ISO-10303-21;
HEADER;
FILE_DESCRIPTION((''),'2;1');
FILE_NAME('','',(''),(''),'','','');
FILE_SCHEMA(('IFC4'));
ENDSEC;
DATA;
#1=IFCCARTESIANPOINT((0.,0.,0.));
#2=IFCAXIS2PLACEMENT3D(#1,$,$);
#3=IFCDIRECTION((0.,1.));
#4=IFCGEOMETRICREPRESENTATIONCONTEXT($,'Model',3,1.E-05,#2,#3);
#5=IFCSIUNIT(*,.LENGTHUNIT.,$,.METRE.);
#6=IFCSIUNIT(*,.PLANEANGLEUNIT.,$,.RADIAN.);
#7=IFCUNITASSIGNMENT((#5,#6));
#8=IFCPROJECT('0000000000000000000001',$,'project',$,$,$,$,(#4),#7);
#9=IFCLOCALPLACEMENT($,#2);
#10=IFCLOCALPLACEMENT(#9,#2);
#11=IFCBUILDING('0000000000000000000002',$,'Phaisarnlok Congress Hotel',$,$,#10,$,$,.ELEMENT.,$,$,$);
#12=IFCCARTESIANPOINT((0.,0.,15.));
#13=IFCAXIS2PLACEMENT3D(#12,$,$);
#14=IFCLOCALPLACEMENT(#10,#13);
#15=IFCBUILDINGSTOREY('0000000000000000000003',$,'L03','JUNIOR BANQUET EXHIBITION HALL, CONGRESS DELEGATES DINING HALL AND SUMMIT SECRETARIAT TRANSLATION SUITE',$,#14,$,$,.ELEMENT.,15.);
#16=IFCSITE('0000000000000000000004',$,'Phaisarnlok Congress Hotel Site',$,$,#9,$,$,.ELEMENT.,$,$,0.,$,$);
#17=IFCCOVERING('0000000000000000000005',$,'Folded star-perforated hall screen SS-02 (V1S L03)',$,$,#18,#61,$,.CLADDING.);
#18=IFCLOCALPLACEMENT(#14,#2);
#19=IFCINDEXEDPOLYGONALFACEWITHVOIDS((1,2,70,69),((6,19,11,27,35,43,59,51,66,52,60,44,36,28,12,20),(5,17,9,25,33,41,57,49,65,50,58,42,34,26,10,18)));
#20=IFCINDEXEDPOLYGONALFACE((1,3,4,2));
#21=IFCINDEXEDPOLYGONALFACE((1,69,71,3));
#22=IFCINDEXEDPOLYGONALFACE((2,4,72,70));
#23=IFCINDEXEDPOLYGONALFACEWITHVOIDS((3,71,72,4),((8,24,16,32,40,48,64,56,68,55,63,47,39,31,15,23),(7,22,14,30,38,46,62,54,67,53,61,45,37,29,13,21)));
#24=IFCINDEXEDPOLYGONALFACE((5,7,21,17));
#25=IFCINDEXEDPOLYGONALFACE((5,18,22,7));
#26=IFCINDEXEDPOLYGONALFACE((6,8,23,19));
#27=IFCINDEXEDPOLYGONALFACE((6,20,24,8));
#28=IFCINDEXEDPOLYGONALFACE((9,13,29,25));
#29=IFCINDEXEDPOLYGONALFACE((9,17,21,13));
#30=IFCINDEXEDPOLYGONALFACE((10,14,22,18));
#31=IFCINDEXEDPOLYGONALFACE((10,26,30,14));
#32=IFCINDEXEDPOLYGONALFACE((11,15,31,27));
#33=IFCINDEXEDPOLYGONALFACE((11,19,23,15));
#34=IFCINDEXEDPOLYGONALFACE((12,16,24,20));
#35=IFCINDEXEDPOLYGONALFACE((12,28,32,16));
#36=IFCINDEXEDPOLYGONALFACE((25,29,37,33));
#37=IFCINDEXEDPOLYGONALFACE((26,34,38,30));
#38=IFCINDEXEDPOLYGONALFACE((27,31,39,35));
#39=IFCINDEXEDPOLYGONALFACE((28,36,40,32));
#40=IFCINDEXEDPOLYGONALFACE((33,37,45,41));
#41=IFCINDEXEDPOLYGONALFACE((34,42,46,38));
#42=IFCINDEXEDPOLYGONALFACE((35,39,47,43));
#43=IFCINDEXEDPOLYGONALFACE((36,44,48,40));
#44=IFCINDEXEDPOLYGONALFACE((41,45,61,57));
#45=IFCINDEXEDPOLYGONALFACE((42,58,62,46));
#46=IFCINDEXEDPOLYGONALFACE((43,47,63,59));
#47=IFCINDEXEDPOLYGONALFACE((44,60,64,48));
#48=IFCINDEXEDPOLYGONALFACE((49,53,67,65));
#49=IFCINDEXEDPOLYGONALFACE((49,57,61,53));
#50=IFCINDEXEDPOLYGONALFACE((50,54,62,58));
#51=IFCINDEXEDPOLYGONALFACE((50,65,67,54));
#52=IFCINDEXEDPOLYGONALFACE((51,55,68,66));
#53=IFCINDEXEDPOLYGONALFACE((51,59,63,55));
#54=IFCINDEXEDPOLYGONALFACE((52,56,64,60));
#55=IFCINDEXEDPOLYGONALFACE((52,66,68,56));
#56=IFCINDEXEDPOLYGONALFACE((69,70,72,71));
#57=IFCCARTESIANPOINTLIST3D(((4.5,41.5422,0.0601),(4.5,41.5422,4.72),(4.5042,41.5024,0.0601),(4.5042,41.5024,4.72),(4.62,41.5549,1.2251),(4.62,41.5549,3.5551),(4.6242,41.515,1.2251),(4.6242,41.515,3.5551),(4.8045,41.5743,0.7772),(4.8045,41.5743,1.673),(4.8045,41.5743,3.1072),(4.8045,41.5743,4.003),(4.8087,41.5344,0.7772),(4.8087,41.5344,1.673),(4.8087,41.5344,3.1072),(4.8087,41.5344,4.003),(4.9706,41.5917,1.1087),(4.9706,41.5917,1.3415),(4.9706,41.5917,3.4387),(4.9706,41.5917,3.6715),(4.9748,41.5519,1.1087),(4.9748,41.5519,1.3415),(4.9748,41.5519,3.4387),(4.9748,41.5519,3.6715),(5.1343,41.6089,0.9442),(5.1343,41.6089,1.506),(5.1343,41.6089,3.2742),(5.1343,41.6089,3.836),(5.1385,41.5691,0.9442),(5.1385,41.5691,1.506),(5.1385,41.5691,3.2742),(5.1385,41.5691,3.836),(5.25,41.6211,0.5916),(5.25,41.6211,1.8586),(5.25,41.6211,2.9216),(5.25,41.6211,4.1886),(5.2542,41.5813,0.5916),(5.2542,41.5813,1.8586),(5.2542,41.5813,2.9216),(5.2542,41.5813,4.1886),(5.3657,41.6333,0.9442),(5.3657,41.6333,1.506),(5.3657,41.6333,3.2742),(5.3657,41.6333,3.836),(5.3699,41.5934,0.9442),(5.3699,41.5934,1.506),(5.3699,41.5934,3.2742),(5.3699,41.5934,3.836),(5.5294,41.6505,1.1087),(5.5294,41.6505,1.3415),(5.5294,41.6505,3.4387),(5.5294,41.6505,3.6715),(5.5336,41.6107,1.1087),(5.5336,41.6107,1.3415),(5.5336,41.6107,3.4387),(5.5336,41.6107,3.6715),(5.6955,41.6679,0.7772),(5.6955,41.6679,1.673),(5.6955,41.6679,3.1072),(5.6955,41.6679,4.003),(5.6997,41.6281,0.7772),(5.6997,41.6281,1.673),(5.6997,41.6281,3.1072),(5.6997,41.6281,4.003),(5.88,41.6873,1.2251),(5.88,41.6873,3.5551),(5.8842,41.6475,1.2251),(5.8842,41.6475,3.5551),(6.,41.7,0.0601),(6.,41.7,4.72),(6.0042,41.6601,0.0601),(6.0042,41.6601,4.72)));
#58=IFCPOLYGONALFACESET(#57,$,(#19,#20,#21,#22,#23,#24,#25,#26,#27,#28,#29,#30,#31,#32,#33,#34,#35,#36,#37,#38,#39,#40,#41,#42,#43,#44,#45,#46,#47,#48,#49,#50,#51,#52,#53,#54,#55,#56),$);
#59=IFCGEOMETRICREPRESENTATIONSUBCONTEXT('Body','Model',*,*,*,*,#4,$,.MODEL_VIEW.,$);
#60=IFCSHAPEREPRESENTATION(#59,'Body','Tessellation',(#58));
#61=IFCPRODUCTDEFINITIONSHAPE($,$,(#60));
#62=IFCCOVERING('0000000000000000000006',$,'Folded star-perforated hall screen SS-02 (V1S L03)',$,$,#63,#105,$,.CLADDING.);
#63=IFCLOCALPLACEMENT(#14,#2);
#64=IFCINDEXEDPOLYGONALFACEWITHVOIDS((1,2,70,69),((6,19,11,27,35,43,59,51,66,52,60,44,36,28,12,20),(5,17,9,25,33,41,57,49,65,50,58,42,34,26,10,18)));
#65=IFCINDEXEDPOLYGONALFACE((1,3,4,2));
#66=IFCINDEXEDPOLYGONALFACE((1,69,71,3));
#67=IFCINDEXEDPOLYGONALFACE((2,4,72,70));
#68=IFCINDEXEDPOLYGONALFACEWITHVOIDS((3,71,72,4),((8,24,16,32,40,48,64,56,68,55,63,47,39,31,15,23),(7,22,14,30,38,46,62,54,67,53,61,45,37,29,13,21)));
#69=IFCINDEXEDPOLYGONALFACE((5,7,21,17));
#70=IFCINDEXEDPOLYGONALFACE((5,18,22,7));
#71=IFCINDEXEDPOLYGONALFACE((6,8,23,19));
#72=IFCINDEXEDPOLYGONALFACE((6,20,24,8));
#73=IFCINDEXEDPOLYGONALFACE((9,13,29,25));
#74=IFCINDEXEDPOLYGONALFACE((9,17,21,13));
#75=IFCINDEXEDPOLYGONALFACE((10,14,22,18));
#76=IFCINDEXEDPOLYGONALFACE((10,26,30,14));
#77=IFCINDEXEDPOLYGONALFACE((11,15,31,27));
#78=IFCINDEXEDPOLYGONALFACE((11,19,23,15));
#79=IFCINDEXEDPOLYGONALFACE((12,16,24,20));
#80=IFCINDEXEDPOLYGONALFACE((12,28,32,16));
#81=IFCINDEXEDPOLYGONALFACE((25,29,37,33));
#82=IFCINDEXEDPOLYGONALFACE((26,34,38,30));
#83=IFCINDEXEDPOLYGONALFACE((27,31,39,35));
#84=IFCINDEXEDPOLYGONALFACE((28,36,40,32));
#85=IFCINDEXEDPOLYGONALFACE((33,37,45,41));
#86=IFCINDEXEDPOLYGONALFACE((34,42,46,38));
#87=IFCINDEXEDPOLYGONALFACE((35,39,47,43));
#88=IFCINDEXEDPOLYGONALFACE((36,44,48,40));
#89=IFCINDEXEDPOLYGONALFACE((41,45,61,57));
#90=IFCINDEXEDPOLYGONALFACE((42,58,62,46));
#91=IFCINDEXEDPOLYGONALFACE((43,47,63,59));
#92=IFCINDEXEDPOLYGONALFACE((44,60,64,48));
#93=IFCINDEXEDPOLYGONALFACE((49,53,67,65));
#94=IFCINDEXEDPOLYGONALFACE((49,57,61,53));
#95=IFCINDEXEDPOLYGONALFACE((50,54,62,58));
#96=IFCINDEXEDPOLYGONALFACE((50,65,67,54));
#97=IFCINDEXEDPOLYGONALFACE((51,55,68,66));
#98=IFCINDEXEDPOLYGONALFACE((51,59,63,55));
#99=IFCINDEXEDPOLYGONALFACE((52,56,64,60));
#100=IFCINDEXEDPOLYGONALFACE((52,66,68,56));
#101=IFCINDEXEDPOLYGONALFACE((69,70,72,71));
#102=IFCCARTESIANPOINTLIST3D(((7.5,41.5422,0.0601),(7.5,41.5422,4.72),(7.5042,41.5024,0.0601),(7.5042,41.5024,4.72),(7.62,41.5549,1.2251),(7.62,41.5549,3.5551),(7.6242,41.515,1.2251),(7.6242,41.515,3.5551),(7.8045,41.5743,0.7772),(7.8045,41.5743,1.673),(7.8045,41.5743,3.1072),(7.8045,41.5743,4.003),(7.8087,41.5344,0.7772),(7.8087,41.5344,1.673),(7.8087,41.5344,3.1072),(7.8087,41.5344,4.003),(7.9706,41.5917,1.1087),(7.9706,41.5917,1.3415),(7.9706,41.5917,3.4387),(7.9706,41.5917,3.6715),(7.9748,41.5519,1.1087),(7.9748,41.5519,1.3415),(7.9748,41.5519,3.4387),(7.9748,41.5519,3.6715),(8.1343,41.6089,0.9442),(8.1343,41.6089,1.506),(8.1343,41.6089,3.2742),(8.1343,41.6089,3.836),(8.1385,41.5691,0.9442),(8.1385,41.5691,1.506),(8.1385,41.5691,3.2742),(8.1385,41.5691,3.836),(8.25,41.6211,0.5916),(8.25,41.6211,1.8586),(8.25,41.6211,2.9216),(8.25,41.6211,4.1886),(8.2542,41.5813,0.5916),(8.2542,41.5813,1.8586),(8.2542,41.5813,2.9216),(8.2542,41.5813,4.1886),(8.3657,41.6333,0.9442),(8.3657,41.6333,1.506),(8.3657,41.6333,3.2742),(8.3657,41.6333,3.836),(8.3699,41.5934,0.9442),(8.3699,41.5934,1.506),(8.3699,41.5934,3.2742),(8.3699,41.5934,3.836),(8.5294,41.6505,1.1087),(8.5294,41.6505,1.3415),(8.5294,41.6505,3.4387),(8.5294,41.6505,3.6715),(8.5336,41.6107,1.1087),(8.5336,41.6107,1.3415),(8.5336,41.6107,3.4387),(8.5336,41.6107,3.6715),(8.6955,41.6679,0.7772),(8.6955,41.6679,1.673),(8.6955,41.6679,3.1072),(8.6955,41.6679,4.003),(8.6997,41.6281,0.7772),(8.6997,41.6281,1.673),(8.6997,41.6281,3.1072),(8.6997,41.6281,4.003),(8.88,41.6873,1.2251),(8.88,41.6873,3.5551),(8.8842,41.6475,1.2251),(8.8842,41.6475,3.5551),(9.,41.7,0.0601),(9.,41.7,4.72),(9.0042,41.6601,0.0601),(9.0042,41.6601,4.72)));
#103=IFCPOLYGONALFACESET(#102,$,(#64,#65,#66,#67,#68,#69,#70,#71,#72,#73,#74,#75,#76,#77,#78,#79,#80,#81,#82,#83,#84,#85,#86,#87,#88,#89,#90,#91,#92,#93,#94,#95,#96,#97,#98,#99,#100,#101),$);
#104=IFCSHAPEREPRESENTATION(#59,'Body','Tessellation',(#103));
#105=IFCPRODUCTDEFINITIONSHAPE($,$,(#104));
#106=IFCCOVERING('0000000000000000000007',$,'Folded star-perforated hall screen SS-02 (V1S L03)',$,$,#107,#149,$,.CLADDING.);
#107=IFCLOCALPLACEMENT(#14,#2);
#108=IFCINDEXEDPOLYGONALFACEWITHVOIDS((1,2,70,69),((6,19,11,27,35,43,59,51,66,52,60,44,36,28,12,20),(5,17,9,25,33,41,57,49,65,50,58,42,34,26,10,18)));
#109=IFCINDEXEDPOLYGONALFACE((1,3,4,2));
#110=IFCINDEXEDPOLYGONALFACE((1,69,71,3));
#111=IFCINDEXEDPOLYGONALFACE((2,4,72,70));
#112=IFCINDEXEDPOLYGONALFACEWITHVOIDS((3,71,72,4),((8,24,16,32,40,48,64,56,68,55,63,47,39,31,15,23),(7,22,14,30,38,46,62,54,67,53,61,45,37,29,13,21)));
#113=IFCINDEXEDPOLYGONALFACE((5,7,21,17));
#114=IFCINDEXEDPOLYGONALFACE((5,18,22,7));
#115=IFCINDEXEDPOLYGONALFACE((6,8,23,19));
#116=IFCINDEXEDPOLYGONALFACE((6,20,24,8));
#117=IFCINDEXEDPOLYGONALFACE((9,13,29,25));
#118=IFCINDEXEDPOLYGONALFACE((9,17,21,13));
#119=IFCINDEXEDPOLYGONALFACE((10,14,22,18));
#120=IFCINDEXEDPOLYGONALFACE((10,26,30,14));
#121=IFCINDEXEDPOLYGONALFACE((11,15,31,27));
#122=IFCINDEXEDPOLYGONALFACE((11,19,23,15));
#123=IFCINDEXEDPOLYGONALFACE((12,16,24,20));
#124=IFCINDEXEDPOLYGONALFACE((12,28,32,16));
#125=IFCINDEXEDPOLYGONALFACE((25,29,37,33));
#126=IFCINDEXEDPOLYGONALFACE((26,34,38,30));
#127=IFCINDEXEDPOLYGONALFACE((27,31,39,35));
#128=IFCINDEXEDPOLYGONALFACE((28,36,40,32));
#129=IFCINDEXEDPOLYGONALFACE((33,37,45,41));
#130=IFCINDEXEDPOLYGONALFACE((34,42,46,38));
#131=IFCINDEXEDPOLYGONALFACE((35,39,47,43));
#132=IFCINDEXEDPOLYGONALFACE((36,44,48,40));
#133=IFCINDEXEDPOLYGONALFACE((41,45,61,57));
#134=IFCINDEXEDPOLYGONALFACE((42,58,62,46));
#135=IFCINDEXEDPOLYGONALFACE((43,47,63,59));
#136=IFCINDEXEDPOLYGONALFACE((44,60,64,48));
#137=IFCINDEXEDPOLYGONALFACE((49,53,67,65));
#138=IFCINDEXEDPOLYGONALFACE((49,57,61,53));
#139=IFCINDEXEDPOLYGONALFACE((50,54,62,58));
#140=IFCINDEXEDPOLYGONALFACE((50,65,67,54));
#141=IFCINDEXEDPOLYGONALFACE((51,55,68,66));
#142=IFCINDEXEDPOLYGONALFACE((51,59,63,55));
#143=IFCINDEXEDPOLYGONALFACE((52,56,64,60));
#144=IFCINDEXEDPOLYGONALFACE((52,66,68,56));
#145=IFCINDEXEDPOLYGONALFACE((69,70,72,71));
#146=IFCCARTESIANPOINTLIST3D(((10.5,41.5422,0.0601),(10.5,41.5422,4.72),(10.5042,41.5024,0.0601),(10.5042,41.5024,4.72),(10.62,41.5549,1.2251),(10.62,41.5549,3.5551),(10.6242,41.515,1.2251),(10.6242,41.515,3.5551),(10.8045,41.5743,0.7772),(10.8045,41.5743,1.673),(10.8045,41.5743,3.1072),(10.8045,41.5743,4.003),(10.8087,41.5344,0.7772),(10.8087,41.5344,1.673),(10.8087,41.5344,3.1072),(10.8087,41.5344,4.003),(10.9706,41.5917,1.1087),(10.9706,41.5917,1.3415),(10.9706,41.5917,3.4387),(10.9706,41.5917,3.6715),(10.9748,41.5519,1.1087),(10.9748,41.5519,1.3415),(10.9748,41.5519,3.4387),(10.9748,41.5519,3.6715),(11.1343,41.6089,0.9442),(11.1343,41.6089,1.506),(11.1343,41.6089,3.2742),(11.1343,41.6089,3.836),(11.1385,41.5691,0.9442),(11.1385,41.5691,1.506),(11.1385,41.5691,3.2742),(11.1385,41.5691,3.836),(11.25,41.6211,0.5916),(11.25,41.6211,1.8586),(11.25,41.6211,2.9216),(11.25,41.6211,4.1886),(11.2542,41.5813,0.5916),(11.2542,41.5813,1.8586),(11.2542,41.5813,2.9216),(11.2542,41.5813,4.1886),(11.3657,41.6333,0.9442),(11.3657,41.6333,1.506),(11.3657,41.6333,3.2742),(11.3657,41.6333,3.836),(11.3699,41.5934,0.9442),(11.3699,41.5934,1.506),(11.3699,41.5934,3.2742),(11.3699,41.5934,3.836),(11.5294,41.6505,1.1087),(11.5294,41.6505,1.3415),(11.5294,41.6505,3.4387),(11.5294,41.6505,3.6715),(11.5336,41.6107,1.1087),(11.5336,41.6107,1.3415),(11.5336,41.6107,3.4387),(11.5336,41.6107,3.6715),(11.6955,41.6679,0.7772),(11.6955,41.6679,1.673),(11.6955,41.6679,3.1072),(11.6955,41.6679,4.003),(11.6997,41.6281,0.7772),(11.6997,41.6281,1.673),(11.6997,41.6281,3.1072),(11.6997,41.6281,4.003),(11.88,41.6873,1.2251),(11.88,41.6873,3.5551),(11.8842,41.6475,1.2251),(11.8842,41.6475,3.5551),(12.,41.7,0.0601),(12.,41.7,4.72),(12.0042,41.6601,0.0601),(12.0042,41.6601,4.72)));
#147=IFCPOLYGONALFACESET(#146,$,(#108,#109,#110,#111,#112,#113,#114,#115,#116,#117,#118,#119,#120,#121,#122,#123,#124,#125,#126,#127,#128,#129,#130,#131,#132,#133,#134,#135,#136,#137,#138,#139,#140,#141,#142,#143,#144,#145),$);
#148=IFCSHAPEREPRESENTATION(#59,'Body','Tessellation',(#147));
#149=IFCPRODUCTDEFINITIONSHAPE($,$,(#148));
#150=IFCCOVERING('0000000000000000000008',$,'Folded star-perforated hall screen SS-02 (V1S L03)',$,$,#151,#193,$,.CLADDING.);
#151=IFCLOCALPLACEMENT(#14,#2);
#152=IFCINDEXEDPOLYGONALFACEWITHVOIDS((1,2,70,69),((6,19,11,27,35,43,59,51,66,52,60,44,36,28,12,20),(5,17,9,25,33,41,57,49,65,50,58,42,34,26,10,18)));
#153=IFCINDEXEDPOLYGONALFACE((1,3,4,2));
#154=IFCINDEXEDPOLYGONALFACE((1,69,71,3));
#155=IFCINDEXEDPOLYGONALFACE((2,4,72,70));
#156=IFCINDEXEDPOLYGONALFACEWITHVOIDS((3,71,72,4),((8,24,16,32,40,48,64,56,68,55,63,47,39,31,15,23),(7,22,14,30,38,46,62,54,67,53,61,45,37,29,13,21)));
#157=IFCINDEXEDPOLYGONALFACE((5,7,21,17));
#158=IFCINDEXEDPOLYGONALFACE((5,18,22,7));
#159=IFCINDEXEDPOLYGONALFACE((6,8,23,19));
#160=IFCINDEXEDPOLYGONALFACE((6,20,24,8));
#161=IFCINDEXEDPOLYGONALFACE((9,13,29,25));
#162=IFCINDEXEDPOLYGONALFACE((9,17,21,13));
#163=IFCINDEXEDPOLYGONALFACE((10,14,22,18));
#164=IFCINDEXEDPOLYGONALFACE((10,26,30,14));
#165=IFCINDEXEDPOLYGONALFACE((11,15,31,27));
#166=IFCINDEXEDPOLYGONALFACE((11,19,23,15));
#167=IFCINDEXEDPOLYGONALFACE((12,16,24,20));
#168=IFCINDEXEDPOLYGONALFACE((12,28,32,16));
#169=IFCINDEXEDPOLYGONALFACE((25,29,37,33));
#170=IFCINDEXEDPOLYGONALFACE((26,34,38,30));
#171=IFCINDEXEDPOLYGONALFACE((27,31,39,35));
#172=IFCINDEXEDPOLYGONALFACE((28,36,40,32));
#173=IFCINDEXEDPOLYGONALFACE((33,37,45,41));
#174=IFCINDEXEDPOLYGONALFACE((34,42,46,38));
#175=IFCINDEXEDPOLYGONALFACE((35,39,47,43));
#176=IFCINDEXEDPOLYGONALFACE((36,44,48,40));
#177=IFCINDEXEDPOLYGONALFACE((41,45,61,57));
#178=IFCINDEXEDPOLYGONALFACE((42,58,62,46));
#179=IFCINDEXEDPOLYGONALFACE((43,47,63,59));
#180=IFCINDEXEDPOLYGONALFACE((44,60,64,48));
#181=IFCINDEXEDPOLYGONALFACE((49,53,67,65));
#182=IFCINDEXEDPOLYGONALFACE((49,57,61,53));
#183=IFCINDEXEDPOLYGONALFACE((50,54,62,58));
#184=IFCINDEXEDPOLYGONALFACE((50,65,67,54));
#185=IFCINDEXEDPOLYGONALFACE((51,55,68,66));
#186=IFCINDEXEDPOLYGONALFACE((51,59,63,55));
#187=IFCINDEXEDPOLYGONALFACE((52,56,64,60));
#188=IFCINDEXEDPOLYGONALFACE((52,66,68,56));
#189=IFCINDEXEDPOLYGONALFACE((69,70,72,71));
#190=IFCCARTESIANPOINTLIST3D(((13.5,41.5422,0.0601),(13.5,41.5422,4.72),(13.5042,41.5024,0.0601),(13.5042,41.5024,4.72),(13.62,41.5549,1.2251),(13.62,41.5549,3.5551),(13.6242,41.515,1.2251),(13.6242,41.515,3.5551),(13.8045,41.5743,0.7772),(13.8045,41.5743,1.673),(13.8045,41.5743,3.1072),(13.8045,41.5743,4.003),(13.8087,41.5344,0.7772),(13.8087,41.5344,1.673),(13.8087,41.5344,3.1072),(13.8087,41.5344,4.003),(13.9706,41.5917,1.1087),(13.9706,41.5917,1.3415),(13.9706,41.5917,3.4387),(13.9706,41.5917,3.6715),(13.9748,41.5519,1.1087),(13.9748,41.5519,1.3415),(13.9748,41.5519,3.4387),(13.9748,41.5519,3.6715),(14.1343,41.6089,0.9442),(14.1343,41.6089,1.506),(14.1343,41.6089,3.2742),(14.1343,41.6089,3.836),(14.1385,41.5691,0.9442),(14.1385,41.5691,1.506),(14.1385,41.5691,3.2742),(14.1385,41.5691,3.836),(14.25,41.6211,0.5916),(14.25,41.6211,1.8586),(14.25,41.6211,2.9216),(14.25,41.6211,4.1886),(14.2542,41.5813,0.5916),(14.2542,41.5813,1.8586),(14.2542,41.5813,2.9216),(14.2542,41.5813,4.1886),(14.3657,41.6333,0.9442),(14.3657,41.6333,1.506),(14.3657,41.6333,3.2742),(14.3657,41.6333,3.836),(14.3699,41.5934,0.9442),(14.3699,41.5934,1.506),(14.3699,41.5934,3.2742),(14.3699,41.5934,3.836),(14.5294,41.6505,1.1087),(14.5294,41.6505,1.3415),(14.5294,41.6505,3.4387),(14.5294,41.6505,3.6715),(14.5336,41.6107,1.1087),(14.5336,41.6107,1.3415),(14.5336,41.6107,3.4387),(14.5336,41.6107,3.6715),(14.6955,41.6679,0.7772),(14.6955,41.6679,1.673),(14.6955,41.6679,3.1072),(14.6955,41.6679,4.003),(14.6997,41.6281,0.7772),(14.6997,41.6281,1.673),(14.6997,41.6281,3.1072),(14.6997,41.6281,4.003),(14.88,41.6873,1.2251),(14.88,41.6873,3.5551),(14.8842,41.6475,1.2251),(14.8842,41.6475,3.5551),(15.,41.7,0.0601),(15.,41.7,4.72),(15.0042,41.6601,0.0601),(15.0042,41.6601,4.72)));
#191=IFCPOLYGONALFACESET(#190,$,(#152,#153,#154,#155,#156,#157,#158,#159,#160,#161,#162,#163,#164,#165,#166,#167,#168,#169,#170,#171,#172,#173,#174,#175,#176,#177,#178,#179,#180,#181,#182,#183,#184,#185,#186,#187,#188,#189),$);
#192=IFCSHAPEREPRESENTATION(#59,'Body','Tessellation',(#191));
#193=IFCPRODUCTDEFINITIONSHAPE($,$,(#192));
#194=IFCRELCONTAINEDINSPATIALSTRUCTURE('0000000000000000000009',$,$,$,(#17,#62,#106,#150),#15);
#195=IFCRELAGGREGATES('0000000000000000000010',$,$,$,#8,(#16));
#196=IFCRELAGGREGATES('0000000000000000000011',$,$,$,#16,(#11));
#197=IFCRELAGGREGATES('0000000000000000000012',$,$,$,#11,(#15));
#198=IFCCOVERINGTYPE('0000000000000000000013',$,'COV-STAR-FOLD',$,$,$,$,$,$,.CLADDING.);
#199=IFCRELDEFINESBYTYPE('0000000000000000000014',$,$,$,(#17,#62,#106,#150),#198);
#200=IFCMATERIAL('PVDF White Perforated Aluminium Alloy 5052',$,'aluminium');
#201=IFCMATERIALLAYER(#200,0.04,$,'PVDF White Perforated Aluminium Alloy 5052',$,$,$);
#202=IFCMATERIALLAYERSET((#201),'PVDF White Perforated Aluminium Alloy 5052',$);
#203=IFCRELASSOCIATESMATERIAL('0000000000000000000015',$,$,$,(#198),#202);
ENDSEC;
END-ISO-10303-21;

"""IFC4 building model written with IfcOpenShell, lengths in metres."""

from ifc_helpers import new_model, si_unit, direction, frame, origin, place, context, subcontext, project, spatial, polyline, outline, extrude, material, layer, layer_set, type_object, element, save


model = new_model("IFC4")

# Units and contexts
model_context = context("Model", 3, precision=1e-05, world=origin(), true_north=direction((0.0, 1.0)))
body_context = subcontext(model_context, "Body", "Model", "MODEL_VIEW")
ifc_project = project(units=[si_unit("LENGTHUNIT", "METRE"), si_unit("PLANEANGLEUNIT", "RADIAN")], contexts=[model_context])

# Site, building, storey
site_placement = place(None, origin())
site = spatial("IfcSite", under=ifc_project, at=site_placement, Name="Phaisarnlok Congress Hotel Site", CompositionType="ELEMENT", RefElevation=0.0)
building_placement = place(site_placement, origin())
building = spatial("IfcBuilding", under=site, at=building_placement, Name="Phaisarnlok Congress Hotel", CompositionType="ELEMENT")
storey_placement = place(building_placement, frame((0.0, 0.0, 15.0)))
storey = spatial("IfcBuildingStorey", under=building, at=storey_placement, Name="L03", Description="JUNIOR BANQUET EXHIBITION HALL, CONGRESS DELEGATES DINING HALL AND SUMMIT SECRETARIAT TRANSLATION SUITE", CompositionType="ELEMENT", Elevation=15.0)

# Coverings
ifc_material_1 = material(Name="PVDF White Perforated Aluminium Alloy 5052", Category="aluminium")
ifc_layer_1 = layer(ifc_material_1, 0.04, Name="PVDF White Perforated Aluminium Alloy 5052")
ifc_layer_set_1 = layer_set([ifc_layer_1], Name="PVDF White Perforated Aluminium Alloy 5052")
covering_type_1 = type_object("IfcCoveringType", Name="COV-STAR-FOLD", PredefinedType="CLADDING", material=ifc_layer_set_1)
for number, where, z_axis, x_axis, name in (
    (1, (4.5, 41.5422, 0.0601), (0.104567, -0.994518, 0.0), (0.994518, 0.104567, 0.0), "Folded star-perforated hall screen SS-02 (V1S L03)"),
    (2, (7.5, 41.5422, 0.0601), (0.104567, -0.994518, 0.0), (0.994518, 0.104567, 0.0), "Folded star-perforated hall screen SS-02 (V1S L03)"),
    (3, (10.5, 41.5422, 0.0601), (0.104567, -0.994518, 0.0), (0.994518, 0.104567, 0.0), "Folded star-perforated hall screen SS-02 (V1S L03)"),
    (4, (13.5, 41.5422, 0.0601), (0.104567, -0.994518, 0.0), (0.994518, 0.104567, 0.0), "Folded star-perforated hall screen SS-02 (V1S L03)"),
):
    element("IfcCovering", number, at=place(storey_placement, frame(where, z_axis=z_axis, x_axis=x_axis)), inside=storey, type_object=covering_type_1, Name=name, PredefinedType="CLADDING", context=body_context, shape_type="SweptSolid", body=[
        extrude(outline(polyline([(0.0, 0.0), (1.5083, 0.0), (1.5083, 4.6599), (0.0, 4.6599), (0.0, 0.0)]), holes=[polyline([(1.0351, 1.0486), (1.2021, 0.7171), (0.8705, 0.8841), (0.7541, 0.5315), (0.6378, 0.8841), (0.3062, 0.7171), (0.4732, 1.0486), (0.1207, 1.165), (0.4732, 1.2814), (0.3062, 1.6129), (0.6378, 1.4459), (0.7541, 1.7985), (0.8705, 1.4459), (1.2021, 1.6129), (1.0351, 1.2814), (1.3876, 1.165), (1.0351, 1.0486)]), polyline([(1.0351, 3.3786), (1.2021, 3.0471), (0.8705, 3.2141), (0.7541, 2.8615), (0.6378, 3.2141), (0.3062, 3.0471), (0.4732, 3.3786), (0.1207, 3.495), (0.4732, 3.6114), (0.3062, 3.9429), (0.6378, 3.7759), (0.7541, 4.1285), (0.8705, 3.7759), (1.2021, 3.9429), (1.0351, 3.6114), (1.3876, 3.495), (1.0351, 3.3786)])]), origin(), (0.0, 0.0, 1.0), 0.04),
    ])

save(model, "model.ifc")
